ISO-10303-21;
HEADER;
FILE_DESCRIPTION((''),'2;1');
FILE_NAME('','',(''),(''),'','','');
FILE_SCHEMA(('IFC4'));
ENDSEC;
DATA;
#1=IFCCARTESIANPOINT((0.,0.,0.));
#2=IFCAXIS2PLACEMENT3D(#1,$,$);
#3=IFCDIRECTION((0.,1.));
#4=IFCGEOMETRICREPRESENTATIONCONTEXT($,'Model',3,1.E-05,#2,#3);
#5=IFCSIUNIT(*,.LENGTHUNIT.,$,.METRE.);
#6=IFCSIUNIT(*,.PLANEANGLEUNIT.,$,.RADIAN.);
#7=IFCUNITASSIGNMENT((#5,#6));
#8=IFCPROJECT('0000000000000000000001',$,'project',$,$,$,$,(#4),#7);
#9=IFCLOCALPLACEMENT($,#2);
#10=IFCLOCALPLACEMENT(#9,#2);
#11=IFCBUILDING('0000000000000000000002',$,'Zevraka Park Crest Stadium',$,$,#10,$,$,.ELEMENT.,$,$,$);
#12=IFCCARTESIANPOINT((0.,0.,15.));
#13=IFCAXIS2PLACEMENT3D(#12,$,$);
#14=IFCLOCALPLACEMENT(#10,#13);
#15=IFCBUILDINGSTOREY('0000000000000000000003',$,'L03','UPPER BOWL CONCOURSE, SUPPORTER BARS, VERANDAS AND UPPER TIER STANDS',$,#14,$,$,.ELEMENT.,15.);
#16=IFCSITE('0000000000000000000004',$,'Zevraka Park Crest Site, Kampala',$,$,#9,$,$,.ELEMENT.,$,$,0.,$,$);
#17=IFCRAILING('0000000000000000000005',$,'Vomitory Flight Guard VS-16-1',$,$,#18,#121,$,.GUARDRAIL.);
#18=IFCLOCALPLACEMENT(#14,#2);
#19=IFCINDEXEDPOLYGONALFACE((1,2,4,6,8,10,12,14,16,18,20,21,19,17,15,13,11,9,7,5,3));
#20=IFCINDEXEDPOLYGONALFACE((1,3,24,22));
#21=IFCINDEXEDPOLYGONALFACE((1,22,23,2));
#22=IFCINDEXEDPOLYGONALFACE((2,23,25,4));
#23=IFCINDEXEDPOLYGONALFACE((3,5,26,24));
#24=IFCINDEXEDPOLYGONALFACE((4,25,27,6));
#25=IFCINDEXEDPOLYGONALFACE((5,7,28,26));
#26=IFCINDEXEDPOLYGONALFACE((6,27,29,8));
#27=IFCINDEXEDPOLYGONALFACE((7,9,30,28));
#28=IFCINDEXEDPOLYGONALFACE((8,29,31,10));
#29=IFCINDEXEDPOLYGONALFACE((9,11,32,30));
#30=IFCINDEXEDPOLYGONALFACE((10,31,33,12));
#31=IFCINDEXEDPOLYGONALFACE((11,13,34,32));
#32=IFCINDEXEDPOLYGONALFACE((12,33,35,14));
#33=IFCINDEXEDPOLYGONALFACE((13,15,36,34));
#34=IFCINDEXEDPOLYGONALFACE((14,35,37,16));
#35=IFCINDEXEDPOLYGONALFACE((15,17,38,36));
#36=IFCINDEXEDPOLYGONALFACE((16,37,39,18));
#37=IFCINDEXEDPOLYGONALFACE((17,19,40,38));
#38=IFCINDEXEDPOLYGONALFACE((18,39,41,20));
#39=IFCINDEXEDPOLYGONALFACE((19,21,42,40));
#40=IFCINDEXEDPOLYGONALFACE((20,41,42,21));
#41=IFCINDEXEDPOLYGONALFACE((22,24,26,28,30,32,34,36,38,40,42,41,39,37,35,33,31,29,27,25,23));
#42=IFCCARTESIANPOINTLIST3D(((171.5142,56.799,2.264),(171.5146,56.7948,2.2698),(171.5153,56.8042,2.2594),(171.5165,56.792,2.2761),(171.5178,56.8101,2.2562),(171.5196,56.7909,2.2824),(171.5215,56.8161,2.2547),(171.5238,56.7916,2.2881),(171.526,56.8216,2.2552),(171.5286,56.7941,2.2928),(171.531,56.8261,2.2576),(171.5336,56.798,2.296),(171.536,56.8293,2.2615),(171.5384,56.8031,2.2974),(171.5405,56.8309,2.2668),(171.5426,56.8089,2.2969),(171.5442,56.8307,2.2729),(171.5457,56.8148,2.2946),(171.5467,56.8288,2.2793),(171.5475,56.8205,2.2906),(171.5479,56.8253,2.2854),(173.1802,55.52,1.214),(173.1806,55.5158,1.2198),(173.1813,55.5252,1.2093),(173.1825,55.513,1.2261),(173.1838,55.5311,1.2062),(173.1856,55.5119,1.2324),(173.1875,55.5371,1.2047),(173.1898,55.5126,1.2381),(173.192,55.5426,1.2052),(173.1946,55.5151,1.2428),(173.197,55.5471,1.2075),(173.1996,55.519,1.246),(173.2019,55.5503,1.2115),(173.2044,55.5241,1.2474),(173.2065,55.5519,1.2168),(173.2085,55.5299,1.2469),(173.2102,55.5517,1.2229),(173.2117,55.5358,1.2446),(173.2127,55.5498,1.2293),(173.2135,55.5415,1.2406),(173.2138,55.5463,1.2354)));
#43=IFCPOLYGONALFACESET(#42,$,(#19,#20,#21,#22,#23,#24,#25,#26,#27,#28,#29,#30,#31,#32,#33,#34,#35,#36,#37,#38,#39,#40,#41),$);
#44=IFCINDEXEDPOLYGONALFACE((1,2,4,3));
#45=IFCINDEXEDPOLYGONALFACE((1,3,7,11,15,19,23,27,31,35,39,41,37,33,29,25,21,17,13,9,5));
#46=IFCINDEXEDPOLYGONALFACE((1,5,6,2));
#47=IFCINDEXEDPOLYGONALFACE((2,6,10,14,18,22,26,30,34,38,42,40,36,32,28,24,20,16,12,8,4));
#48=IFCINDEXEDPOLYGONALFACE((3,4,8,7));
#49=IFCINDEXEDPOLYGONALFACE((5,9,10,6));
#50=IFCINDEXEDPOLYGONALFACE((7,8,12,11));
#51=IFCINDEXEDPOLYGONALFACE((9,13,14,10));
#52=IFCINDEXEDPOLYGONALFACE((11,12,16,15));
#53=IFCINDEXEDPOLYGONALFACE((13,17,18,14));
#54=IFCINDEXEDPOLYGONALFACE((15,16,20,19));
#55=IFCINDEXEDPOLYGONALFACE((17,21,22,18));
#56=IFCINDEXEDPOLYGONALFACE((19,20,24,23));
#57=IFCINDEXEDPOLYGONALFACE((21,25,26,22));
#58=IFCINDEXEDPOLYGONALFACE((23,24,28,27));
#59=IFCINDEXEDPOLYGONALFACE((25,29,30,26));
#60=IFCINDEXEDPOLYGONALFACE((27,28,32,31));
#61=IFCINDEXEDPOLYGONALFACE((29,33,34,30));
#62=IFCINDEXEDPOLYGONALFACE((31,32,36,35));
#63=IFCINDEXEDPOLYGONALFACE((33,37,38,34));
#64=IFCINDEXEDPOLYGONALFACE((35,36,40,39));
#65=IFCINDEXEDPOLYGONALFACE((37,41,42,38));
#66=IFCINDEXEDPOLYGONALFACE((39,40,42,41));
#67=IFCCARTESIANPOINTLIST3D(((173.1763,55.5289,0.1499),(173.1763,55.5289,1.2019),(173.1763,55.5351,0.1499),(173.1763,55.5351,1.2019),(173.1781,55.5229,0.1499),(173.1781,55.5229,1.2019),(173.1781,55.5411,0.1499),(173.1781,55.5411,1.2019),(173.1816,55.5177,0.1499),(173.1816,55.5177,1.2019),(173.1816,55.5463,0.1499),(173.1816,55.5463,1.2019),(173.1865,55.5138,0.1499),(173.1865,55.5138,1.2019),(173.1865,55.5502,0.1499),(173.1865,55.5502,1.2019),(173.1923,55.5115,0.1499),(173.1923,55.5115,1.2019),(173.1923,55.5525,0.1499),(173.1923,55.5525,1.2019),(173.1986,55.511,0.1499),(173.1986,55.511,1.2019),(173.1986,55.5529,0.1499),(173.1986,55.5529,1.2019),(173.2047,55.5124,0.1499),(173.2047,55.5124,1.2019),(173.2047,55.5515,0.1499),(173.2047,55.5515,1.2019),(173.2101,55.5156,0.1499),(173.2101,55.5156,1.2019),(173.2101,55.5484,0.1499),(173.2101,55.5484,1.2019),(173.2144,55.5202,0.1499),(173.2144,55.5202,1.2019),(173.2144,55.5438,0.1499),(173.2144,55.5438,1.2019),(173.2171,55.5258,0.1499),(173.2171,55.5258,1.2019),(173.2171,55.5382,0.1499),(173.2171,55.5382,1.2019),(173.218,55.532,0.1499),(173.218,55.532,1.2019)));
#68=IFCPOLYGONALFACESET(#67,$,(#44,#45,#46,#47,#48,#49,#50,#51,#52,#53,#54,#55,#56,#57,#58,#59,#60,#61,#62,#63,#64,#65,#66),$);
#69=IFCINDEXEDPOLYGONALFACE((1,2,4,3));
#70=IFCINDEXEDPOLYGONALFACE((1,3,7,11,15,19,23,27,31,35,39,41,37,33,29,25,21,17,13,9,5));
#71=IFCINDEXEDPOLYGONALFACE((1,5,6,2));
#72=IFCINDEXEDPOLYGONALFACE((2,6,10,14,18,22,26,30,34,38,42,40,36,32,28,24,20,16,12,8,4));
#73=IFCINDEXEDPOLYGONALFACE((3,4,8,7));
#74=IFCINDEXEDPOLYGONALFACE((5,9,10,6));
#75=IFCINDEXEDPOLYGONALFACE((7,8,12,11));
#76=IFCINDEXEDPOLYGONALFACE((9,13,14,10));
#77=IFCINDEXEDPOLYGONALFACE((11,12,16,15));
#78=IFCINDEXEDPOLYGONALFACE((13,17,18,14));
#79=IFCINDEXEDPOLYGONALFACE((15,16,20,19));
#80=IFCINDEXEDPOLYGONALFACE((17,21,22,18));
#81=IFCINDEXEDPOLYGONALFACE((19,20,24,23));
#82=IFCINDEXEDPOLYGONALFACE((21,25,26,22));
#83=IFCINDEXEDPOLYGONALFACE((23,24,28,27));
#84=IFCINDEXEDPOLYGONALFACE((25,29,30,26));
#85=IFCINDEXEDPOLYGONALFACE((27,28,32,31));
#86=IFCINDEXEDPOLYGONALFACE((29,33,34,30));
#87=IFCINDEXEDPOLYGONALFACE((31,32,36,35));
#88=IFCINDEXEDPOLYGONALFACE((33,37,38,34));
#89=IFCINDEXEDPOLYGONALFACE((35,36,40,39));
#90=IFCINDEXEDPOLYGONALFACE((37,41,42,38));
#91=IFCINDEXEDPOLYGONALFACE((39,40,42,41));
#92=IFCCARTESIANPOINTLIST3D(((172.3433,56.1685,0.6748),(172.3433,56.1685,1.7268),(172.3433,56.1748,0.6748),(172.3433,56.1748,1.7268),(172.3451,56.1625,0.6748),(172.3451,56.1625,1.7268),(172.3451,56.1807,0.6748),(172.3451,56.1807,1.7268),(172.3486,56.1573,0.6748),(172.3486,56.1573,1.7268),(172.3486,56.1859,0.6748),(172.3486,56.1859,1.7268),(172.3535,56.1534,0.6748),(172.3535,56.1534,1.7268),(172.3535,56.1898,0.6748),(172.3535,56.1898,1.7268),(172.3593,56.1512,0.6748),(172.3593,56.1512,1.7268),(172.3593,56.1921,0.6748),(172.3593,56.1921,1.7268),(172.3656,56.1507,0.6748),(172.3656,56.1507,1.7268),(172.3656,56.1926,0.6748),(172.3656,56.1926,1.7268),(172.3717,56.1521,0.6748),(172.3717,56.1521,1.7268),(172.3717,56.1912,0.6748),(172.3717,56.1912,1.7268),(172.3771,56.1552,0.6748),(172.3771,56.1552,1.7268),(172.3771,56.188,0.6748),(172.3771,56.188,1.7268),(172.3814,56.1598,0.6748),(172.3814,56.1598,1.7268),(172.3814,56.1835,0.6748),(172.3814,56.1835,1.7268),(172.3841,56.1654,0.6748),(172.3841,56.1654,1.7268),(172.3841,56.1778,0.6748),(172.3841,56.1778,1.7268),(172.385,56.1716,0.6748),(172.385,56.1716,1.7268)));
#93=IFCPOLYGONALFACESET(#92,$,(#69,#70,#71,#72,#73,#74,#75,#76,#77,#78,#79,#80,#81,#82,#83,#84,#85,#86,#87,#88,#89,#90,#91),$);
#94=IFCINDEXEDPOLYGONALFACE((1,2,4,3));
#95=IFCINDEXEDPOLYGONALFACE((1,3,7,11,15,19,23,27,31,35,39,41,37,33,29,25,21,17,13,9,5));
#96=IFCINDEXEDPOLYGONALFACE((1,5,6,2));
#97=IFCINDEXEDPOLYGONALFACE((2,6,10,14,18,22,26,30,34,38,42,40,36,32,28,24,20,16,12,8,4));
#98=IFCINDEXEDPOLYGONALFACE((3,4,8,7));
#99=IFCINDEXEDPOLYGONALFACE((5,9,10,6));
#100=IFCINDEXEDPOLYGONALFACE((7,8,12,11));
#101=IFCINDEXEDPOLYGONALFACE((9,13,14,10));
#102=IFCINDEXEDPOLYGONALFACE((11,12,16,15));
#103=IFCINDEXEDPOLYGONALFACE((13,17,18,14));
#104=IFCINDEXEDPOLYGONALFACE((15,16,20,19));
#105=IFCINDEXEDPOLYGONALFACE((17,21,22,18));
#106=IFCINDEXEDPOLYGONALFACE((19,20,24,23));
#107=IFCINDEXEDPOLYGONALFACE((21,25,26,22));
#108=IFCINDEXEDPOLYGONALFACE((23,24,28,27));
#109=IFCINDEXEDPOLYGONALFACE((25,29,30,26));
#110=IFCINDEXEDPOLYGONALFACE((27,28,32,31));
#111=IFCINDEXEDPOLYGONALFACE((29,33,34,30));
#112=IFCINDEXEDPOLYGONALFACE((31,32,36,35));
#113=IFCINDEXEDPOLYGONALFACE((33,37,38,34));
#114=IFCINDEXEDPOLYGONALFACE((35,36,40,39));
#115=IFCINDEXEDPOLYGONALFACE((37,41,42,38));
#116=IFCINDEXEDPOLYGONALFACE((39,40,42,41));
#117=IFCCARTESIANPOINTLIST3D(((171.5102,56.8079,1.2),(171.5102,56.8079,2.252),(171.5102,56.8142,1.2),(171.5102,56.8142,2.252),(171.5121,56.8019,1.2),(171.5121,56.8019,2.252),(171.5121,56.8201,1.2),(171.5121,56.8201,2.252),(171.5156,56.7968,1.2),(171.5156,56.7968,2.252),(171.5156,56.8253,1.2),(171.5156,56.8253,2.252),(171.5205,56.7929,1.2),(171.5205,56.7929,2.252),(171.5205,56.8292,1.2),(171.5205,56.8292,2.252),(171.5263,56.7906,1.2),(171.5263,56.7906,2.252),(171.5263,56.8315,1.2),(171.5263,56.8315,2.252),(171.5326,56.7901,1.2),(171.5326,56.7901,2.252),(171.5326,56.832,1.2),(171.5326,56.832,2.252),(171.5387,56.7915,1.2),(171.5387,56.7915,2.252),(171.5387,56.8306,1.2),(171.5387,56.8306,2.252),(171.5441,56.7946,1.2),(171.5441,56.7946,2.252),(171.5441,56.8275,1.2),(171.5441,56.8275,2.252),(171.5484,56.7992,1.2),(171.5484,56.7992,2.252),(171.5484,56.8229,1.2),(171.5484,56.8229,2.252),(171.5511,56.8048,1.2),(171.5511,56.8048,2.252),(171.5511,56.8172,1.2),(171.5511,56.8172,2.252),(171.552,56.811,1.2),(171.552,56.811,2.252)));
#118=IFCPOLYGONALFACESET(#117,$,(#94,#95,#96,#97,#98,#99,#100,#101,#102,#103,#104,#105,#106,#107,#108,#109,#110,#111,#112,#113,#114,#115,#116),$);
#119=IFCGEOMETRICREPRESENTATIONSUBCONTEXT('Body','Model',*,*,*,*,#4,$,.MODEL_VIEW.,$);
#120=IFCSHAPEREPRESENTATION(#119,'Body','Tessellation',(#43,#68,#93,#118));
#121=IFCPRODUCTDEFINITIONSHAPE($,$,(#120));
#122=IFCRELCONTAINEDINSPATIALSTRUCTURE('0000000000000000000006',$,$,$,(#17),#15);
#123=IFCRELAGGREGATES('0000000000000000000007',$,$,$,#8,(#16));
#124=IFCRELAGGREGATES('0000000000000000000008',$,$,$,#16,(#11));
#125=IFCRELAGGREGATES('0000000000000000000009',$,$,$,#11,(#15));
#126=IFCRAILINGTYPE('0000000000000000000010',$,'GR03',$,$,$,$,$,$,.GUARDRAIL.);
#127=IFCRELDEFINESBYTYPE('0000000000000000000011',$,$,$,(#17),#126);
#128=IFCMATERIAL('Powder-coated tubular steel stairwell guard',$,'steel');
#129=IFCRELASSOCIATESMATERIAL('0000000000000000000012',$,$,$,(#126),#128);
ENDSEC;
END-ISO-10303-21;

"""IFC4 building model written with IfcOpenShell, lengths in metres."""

from ifc_helpers import new_model, si_unit, direction, frame, origin, origin_2d, place, context, subcontext, project, spatial, circle, extrude, material, type_object, element, save


model = new_model("IFC4")

# Units and contexts
model_context = context("Model", 3, precision=1e-05, world=origin(), true_north=direction((0.0, 1.0)))
body_context = subcontext(model_context, "Body", "Model", "MODEL_VIEW")
ifc_project = project(units=[si_unit("LENGTHUNIT", "METRE"), si_unit("PLANEANGLEUNIT", "RADIAN")], contexts=[model_context])

# Site, building, storey
site_placement = place(None, origin())
site = spatial("IfcSite", under=ifc_project, at=site_placement, Name="Zevraka Park Crest Site, Kampala", CompositionType="ELEMENT", RefElevation=0.0)
building_placement = place(site_placement, origin())
building = spatial("IfcBuilding", under=site, at=building_placement, Name="Zevraka Park Crest Stadium", CompositionType="ELEMENT")
storey_placement = place(building_placement, frame((0.0, 0.0, 15.0)))
storey = spatial("IfcBuildingStorey", under=building, at=storey_placement, Name="L03", Description="UPPER BOWL CONCOURSE, SUPPORTER BARS, VERANDAS AND UPPER TIER STANDS", CompositionType="ELEMENT", Elevation=15.0)

# Railing
ifc_material_1 = material(Name="Powder-coated tubular steel stairwell guard", Category="steel")
railing_type_1 = type_object("IfcRailingType", Name="GR03", PredefinedType="GUARDRAIL", material=ifc_material_1)
railing_1_placement = place(storey_placement, frame((173.197, 55.532, 0.1499)))
element("IfcRailing", 1, at=railing_1_placement, inside=storey, type_object=railing_type_1, Name="Vomitory Flight Guard VS-16-1", PredefinedType="GUARDRAIL", context=body_context, shape_type="SweptSolid", body=[
    extrude(circle(Radius=0.0239, at=origin_2d()), frame((0.0, 0.0, 1.0762), z_axis=(-0.709477, 0.544688, 0.447166), x_axis=(-0.608963, -0.793198, 0.0)), (0.0, 0.0, 1.0), 2.3481),
    extrude(circle(Radius=0.021, at=origin_2d()), origin(), (0.0, 0.0, 1.0), 1.052),
    extrude(circle(Radius=0.021, at=origin_2d()), frame((-0.833, 0.6396, 0.5249)), (0.0, 0.0, 1.0), 1.052),
    extrude(circle(Radius=0.021, at=origin_2d()), frame((-1.666, 1.2791, 1.05)), (0.0, 0.0, 1.0), 1.052),
])

save(model, "model.ifc")
